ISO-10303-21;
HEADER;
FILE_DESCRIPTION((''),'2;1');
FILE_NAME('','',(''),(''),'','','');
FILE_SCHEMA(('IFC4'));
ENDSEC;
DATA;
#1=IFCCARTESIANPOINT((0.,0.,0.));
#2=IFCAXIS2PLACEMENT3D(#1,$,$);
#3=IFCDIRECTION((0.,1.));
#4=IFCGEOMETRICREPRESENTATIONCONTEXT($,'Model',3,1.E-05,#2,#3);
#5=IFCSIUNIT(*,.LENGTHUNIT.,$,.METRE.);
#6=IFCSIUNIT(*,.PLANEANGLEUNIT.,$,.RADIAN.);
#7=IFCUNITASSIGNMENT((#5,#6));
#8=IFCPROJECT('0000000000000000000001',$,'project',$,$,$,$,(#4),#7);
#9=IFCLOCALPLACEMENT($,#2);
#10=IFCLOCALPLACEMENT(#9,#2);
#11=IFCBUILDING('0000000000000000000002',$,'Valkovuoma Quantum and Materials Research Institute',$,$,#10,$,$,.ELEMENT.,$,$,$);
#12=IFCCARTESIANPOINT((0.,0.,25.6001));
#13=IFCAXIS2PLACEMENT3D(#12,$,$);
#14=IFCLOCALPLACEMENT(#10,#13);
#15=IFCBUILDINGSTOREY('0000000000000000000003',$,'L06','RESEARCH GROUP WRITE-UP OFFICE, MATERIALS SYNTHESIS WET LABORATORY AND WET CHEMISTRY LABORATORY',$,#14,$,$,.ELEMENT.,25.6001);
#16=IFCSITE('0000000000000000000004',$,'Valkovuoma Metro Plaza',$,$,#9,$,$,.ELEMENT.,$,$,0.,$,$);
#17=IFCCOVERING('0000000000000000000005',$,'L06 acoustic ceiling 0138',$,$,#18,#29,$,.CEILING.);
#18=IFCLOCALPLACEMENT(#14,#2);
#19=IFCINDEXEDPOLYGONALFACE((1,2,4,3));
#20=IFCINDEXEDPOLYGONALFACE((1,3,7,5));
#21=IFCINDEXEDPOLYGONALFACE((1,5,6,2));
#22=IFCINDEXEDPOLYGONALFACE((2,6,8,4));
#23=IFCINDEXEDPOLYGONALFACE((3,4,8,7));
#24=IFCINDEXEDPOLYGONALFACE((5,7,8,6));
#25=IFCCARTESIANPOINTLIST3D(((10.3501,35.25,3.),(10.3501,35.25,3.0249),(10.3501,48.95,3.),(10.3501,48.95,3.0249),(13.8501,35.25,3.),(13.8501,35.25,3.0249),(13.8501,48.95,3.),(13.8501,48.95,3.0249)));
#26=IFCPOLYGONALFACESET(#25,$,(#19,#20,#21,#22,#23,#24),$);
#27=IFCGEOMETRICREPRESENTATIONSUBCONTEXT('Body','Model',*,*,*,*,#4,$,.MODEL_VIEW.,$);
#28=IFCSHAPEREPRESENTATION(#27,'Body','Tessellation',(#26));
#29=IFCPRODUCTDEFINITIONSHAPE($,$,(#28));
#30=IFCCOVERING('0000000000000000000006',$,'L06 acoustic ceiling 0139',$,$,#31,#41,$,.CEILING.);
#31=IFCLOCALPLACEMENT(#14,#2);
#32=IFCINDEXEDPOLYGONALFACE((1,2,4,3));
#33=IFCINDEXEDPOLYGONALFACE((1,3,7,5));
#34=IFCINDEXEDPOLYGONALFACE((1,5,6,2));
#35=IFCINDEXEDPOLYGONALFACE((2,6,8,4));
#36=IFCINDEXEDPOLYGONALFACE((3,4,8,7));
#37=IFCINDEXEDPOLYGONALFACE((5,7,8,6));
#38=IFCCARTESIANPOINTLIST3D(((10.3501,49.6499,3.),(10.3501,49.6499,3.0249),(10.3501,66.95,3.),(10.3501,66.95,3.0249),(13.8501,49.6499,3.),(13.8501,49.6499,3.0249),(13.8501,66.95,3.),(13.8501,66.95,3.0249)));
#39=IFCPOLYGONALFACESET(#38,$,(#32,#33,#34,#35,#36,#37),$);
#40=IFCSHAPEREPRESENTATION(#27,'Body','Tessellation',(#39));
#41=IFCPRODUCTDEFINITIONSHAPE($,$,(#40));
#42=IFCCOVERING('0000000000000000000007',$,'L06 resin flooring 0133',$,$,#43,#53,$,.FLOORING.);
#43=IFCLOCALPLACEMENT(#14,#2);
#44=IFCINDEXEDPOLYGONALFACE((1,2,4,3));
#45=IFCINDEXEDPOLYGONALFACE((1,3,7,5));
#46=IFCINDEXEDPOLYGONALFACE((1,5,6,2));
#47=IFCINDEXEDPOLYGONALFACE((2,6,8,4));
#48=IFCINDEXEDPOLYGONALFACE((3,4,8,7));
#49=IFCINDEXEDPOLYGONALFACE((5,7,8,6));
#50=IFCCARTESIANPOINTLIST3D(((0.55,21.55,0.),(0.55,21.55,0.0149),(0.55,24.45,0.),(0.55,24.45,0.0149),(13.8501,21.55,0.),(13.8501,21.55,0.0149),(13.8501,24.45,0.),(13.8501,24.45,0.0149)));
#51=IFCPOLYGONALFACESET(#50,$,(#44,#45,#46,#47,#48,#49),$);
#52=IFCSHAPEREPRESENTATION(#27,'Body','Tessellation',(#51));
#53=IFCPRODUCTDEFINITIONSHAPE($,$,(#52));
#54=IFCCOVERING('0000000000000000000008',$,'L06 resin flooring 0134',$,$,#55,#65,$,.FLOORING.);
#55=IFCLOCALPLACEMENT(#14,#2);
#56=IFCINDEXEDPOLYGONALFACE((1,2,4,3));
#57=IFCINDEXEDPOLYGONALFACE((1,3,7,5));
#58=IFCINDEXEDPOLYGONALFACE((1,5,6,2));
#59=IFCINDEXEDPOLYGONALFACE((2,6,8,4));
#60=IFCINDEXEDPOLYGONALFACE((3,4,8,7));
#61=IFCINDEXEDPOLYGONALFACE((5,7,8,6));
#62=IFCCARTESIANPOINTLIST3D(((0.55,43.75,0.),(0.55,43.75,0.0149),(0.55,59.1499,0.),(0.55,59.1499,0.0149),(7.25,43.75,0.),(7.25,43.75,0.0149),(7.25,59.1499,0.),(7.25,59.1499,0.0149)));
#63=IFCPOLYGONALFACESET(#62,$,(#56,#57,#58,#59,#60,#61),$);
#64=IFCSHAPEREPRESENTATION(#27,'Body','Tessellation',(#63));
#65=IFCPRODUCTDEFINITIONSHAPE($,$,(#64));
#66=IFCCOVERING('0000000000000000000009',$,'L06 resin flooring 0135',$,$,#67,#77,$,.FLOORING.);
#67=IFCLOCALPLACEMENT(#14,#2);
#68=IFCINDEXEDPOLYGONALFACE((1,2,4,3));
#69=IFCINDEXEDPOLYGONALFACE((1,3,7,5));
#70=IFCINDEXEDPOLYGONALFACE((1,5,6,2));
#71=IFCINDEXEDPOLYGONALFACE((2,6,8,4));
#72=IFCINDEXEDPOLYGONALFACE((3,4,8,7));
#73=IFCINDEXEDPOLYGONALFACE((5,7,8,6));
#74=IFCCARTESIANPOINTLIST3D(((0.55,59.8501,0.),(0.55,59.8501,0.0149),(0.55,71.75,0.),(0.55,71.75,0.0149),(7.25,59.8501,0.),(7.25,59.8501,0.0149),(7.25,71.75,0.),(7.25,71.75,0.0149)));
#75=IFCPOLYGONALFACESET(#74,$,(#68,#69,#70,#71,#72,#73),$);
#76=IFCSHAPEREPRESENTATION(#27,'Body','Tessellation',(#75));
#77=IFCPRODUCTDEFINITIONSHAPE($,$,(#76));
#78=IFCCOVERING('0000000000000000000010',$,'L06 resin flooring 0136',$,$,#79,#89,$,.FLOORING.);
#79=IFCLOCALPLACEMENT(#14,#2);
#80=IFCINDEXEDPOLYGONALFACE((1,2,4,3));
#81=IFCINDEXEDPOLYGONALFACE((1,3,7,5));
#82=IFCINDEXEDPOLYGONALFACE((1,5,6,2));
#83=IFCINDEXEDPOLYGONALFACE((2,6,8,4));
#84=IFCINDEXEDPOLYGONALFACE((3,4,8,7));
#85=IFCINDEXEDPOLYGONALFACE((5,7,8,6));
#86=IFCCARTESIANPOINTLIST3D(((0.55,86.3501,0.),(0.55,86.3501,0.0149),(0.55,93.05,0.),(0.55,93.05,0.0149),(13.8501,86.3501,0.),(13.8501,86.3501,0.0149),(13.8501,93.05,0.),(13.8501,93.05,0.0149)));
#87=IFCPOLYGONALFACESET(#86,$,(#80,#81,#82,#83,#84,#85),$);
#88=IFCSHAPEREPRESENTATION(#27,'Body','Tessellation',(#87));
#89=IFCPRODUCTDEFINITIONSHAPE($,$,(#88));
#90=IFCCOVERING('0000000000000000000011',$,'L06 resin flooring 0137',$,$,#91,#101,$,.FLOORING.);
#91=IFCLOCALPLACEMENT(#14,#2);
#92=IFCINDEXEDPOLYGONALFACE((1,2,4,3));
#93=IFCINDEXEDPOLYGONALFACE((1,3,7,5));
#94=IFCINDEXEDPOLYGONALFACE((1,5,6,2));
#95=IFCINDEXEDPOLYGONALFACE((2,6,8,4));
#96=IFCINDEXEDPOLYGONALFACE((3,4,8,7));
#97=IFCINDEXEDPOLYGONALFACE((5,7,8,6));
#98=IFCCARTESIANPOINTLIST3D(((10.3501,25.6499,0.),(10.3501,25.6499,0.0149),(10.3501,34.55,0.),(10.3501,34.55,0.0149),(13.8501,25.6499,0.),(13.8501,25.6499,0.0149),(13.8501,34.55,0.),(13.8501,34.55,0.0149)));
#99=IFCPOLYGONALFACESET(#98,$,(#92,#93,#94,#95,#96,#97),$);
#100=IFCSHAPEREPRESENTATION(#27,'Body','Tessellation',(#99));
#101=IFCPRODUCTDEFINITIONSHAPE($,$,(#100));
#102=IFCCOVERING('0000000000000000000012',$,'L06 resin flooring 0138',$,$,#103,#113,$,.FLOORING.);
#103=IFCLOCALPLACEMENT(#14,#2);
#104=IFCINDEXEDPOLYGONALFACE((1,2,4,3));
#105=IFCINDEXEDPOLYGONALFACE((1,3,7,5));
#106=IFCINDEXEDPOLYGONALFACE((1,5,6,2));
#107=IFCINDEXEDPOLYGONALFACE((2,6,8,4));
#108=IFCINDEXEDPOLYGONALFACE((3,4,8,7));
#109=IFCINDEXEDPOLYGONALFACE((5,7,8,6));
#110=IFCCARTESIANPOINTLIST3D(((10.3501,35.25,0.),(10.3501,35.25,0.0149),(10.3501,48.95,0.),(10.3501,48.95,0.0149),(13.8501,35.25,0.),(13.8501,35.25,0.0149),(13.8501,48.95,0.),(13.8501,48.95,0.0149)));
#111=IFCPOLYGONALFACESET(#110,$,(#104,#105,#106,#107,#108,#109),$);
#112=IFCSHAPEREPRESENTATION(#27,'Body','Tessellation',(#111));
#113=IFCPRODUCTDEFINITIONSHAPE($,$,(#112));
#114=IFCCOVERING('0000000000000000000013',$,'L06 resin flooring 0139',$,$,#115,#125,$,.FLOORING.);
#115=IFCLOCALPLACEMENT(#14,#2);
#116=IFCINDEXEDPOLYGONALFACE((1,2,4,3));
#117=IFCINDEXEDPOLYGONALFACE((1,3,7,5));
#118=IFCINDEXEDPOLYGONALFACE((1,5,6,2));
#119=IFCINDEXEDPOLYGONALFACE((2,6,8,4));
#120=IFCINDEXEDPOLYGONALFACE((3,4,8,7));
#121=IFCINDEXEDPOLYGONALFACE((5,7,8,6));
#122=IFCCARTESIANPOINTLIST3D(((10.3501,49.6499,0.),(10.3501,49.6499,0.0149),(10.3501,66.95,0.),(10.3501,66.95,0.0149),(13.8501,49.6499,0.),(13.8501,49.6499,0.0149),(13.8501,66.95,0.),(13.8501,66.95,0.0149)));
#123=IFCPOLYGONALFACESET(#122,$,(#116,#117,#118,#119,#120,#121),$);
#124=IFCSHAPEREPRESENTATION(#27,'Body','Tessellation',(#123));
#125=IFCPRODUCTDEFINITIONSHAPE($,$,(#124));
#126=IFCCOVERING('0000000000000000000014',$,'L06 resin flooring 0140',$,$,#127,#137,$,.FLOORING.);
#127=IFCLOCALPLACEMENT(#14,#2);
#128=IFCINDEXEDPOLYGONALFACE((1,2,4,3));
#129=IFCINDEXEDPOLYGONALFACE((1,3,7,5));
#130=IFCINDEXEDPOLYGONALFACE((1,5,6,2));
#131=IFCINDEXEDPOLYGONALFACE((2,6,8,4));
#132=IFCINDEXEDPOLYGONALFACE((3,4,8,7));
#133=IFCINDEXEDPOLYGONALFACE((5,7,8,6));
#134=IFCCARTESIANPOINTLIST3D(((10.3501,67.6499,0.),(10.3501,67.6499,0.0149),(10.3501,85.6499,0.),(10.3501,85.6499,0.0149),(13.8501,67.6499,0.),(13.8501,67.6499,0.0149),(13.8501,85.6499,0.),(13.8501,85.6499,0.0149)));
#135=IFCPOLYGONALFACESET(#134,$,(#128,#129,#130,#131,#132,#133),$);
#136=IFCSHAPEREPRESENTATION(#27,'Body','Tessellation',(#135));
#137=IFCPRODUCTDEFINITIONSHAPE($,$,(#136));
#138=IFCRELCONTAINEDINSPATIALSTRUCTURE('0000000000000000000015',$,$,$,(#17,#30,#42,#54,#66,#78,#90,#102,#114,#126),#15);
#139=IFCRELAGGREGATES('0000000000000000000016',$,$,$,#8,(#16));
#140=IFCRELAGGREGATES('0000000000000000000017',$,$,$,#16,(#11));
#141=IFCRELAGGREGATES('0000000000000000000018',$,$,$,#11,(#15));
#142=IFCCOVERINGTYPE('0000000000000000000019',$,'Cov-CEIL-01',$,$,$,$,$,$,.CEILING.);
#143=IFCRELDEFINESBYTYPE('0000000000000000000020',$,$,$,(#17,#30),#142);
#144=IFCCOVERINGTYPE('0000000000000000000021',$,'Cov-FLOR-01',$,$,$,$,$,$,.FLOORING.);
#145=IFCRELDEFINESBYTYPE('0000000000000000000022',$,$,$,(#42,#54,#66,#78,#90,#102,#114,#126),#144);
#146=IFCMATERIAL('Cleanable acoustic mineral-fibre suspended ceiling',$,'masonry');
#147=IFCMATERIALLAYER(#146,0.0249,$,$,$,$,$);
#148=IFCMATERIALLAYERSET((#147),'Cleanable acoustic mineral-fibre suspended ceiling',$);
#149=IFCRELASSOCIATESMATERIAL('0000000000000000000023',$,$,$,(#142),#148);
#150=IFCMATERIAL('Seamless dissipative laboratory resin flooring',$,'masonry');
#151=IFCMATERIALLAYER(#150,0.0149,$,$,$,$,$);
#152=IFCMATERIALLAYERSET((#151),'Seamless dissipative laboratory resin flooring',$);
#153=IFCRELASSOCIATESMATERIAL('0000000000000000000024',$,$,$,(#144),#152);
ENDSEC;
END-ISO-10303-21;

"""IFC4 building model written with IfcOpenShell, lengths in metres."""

from ifc_helpers import new_model, si_unit, direction, frame, origin, place, context, subcontext, project, spatial, polyline, outline, extrude, material, layer, layer_set, type_object, element, save


model = new_model("IFC4")

# Units and contexts
model_context = context("Model", 3, precision=1e-05, world=origin(), true_north=direction((0.0, 1.0)))
body_context = subcontext(model_context, "Body", "Model", "MODEL_VIEW")
ifc_project = project(units=[si_unit("LENGTHUNIT", "METRE"), si_unit("PLANEANGLEUNIT", "RADIAN")], contexts=[model_context])

# Site, building, storey
site_placement = place(None, origin())
site = spatial("IfcSite", under=ifc_project, at=site_placement, Name="Valkovuoma Metro Plaza", CompositionType="ELEMENT", RefElevation=0.0)
building_placement = place(site_placement, origin())
building = spatial("IfcBuilding", under=site, at=building_placement, Name="Valkovuoma Quantum and Materials Research Institute", CompositionType="ELEMENT")
storey_placement = place(building_placement, frame((0.0, 0.0, 25.6001)))
storey = spatial("IfcBuildingStorey", under=building, at=storey_placement, Name="L06", Description="RESEARCH GROUP WRITE-UP OFFICE, MATERIALS SYNTHESIS WET LABORATORY AND WET CHEMISTRY LABORATORY", CompositionType="ELEMENT", Elevation=25.6001)

# Coverings
ifc_material_1 = material(Name="Cleanable acoustic mineral-fibre suspended ceiling", Category="masonry")
ifc_layer_1 = layer(ifc_material_1, 0.0249)
ifc_layer_set_1 = layer_set([ifc_layer_1], Name="Cleanable acoustic mineral-fibre suspended ceiling")
covering_type_1 = type_object("IfcCoveringType", Name="Cov-CEIL-01", PredefinedType="CEILING", material=ifc_layer_set_1)
covering_1_placement = place(storey_placement, frame((0.0, 0.0, 3.0)))
element("IfcCovering", 1, at=covering_1_placement, inside=storey, type_object=covering_type_1, Name="L06 acoustic ceiling 0138", PredefinedType="CEILING", context=body_context, shape_type="SweptSolid", body=[
    extrude(outline(polyline([(10.3501, 35.25), (13.8501, 35.25), (13.8501, 48.95), (10.3501, 48.95), (10.3501, 35.25)])), origin(), (0.0, 0.0, 1.0), 0.0249),
])
covering_2_placement = place(storey_placement, frame((0.0, 0.0, 3.0)))
element("IfcCovering", 2, at=covering_2_placement, inside=storey, type_object=covering_type_1, Name="L06 acoustic ceiling 0139", PredefinedType="CEILING", context=body_context, shape_type="SweptSolid", body=[
    extrude(outline(polyline([(10.3501, 49.6499), (13.8501, 49.6499), (13.8501, 66.95), (10.3501, 66.95), (10.3501, 49.6499)])), origin(), (0.0, 0.0, 1.0), 0.0249),
])
ifc_material_2 = material(Name="Seamless dissipative laboratory resin flooring", Category="masonry")
ifc_layer_2 = layer(ifc_material_2, 0.0149)
ifc_layer_set_2 = layer_set([ifc_layer_2], Name="Seamless dissipative laboratory resin flooring")
covering_type_2 = type_object("IfcCoveringType", Name="Cov-FLOR-01", PredefinedType="FLOORING", material=ifc_layer_set_2)
covering_3_placement = place(storey_placement, origin())
element("IfcCovering", 3, at=covering_3_placement, inside=storey, type_object=covering_type_2, Name="L06 resin flooring 0133", PredefinedType="FLOORING", context=body_context, shape_type="SweptSolid", body=[
    extrude(outline(polyline([(0.55, 21.55), (13.8501, 21.55), (13.8501, 24.45), (0.55, 24.45), (0.55, 21.55)])), origin(), (0.0, 0.0, 1.0), 0.0149),
])
covering_4_placement = place(storey_placement, origin())
element("IfcCovering", 4, at=covering_4_placement, inside=storey, type_object=covering_type_2, Name="L06 resin flooring 0134", PredefinedType="FLOORING", context=body_context, shape_type="SweptSolid", body=[
    extrude(outline(polyline([(0.55, 43.75), (7.25, 43.75), (7.25, 59.1499), (0.55, 59.1499), (0.55, 43.75)])), origin(), (0.0, 0.0, 1.0), 0.0149),
])
covering_5_placement = place(storey_placement, origin())
element("IfcCovering", 5, at=covering_5_placement, inside=storey, type_object=covering_type_2, Name="L06 resin flooring 0135", PredefinedType="FLOORING", context=body_context, shape_type="SweptSolid", body=[
    extrude(outline(polyline([(0.55, 59.8501), (7.25, 59.8501), (7.25, 71.75), (0.55, 71.75), (0.55, 59.8501)])), origin(), (0.0, 0.0, 1.0), 0.0149),
])
covering_6_placement = place(storey_placement, origin())
element("IfcCovering", 6, at=covering_6_placement, inside=storey, type_object=covering_type_2, Name="L06 resin flooring 0136", PredefinedType="FLOORING", context=body_context, shape_type="SweptSolid", body=[
    extrude(outline(polyline([(0.55, 86.3501), (13.8501, 86.3501), (13.8501, 93.05), (0.55, 93.05), (0.55, 86.3501)])), origin(), (0.0, 0.0, 1.0), 0.0149),
])
covering_7_placement = place(storey_placement, origin())
element("IfcCovering", 7, at=covering_7_placement, inside=storey, type_object=covering_type_2, Name="L06 resin flooring 0137", PredefinedType="FLOORING", context=body_context, shape_type="SweptSolid", body=[
    extrude(outline(polyline([(10.3501, 25.6499), (13.8501, 25.6499), (13.8501, 34.55), (10.3501, 34.55), (10.3501, 25.6499)])), origin(), (0.0, 0.0, 1.0), 0.0149),
])
covering_8_placement = place(storey_placement, origin())
element("IfcCovering", 8, at=covering_8_placement, inside=storey, type_object=covering_type_2, Name="L06 resin flooring 0138", PredefinedType="FLOORING", context=body_context, shape_type="SweptSolid", body=[
    extrude(outline(polyline([(10.3501, 35.25), (13.8501, 35.25), (13.8501, 48.95), (10.3501, 48.95), (10.3501, 35.25)])), origin(), (0.0, 0.0, 1.0), 0.0149),
])
covering_9_placement = place(storey_placement, origin())
element("IfcCovering", 9, at=covering_9_placement, inside=storey, type_object=covering_type_2, Name="L06 resin flooring 0139", PredefinedType="FLOORING", context=body_context, shape_type="SweptSolid", body=[
    extrude(outline(polyline([(10.3501, 49.6499), (13.8501, 49.6499), (13.8501, 66.95), (10.3501, 66.95), (10.3501, 49.6499)])), origin(), (0.0, 0.0, 1.0), 0.0149),
])
covering_10_placement = place(storey_placement, origin())
element("IfcCovering", 10, at=covering_10_placement, inside=storey, type_object=covering_type_2, Name="L06 resin flooring 0140", PredefinedType="FLOORING", context=body_context, shape_type="SweptSolid", body=[
    extrude(outline(polyline([(10.3501, 67.6499), (13.8501, 67.6499), (13.8501, 85.6499), (10.3501, 85.6499), (10.3501, 67.6499)])), origin(), (0.0, 0.0, 1.0), 0.0149),
])

save(model, "model.ifc")
